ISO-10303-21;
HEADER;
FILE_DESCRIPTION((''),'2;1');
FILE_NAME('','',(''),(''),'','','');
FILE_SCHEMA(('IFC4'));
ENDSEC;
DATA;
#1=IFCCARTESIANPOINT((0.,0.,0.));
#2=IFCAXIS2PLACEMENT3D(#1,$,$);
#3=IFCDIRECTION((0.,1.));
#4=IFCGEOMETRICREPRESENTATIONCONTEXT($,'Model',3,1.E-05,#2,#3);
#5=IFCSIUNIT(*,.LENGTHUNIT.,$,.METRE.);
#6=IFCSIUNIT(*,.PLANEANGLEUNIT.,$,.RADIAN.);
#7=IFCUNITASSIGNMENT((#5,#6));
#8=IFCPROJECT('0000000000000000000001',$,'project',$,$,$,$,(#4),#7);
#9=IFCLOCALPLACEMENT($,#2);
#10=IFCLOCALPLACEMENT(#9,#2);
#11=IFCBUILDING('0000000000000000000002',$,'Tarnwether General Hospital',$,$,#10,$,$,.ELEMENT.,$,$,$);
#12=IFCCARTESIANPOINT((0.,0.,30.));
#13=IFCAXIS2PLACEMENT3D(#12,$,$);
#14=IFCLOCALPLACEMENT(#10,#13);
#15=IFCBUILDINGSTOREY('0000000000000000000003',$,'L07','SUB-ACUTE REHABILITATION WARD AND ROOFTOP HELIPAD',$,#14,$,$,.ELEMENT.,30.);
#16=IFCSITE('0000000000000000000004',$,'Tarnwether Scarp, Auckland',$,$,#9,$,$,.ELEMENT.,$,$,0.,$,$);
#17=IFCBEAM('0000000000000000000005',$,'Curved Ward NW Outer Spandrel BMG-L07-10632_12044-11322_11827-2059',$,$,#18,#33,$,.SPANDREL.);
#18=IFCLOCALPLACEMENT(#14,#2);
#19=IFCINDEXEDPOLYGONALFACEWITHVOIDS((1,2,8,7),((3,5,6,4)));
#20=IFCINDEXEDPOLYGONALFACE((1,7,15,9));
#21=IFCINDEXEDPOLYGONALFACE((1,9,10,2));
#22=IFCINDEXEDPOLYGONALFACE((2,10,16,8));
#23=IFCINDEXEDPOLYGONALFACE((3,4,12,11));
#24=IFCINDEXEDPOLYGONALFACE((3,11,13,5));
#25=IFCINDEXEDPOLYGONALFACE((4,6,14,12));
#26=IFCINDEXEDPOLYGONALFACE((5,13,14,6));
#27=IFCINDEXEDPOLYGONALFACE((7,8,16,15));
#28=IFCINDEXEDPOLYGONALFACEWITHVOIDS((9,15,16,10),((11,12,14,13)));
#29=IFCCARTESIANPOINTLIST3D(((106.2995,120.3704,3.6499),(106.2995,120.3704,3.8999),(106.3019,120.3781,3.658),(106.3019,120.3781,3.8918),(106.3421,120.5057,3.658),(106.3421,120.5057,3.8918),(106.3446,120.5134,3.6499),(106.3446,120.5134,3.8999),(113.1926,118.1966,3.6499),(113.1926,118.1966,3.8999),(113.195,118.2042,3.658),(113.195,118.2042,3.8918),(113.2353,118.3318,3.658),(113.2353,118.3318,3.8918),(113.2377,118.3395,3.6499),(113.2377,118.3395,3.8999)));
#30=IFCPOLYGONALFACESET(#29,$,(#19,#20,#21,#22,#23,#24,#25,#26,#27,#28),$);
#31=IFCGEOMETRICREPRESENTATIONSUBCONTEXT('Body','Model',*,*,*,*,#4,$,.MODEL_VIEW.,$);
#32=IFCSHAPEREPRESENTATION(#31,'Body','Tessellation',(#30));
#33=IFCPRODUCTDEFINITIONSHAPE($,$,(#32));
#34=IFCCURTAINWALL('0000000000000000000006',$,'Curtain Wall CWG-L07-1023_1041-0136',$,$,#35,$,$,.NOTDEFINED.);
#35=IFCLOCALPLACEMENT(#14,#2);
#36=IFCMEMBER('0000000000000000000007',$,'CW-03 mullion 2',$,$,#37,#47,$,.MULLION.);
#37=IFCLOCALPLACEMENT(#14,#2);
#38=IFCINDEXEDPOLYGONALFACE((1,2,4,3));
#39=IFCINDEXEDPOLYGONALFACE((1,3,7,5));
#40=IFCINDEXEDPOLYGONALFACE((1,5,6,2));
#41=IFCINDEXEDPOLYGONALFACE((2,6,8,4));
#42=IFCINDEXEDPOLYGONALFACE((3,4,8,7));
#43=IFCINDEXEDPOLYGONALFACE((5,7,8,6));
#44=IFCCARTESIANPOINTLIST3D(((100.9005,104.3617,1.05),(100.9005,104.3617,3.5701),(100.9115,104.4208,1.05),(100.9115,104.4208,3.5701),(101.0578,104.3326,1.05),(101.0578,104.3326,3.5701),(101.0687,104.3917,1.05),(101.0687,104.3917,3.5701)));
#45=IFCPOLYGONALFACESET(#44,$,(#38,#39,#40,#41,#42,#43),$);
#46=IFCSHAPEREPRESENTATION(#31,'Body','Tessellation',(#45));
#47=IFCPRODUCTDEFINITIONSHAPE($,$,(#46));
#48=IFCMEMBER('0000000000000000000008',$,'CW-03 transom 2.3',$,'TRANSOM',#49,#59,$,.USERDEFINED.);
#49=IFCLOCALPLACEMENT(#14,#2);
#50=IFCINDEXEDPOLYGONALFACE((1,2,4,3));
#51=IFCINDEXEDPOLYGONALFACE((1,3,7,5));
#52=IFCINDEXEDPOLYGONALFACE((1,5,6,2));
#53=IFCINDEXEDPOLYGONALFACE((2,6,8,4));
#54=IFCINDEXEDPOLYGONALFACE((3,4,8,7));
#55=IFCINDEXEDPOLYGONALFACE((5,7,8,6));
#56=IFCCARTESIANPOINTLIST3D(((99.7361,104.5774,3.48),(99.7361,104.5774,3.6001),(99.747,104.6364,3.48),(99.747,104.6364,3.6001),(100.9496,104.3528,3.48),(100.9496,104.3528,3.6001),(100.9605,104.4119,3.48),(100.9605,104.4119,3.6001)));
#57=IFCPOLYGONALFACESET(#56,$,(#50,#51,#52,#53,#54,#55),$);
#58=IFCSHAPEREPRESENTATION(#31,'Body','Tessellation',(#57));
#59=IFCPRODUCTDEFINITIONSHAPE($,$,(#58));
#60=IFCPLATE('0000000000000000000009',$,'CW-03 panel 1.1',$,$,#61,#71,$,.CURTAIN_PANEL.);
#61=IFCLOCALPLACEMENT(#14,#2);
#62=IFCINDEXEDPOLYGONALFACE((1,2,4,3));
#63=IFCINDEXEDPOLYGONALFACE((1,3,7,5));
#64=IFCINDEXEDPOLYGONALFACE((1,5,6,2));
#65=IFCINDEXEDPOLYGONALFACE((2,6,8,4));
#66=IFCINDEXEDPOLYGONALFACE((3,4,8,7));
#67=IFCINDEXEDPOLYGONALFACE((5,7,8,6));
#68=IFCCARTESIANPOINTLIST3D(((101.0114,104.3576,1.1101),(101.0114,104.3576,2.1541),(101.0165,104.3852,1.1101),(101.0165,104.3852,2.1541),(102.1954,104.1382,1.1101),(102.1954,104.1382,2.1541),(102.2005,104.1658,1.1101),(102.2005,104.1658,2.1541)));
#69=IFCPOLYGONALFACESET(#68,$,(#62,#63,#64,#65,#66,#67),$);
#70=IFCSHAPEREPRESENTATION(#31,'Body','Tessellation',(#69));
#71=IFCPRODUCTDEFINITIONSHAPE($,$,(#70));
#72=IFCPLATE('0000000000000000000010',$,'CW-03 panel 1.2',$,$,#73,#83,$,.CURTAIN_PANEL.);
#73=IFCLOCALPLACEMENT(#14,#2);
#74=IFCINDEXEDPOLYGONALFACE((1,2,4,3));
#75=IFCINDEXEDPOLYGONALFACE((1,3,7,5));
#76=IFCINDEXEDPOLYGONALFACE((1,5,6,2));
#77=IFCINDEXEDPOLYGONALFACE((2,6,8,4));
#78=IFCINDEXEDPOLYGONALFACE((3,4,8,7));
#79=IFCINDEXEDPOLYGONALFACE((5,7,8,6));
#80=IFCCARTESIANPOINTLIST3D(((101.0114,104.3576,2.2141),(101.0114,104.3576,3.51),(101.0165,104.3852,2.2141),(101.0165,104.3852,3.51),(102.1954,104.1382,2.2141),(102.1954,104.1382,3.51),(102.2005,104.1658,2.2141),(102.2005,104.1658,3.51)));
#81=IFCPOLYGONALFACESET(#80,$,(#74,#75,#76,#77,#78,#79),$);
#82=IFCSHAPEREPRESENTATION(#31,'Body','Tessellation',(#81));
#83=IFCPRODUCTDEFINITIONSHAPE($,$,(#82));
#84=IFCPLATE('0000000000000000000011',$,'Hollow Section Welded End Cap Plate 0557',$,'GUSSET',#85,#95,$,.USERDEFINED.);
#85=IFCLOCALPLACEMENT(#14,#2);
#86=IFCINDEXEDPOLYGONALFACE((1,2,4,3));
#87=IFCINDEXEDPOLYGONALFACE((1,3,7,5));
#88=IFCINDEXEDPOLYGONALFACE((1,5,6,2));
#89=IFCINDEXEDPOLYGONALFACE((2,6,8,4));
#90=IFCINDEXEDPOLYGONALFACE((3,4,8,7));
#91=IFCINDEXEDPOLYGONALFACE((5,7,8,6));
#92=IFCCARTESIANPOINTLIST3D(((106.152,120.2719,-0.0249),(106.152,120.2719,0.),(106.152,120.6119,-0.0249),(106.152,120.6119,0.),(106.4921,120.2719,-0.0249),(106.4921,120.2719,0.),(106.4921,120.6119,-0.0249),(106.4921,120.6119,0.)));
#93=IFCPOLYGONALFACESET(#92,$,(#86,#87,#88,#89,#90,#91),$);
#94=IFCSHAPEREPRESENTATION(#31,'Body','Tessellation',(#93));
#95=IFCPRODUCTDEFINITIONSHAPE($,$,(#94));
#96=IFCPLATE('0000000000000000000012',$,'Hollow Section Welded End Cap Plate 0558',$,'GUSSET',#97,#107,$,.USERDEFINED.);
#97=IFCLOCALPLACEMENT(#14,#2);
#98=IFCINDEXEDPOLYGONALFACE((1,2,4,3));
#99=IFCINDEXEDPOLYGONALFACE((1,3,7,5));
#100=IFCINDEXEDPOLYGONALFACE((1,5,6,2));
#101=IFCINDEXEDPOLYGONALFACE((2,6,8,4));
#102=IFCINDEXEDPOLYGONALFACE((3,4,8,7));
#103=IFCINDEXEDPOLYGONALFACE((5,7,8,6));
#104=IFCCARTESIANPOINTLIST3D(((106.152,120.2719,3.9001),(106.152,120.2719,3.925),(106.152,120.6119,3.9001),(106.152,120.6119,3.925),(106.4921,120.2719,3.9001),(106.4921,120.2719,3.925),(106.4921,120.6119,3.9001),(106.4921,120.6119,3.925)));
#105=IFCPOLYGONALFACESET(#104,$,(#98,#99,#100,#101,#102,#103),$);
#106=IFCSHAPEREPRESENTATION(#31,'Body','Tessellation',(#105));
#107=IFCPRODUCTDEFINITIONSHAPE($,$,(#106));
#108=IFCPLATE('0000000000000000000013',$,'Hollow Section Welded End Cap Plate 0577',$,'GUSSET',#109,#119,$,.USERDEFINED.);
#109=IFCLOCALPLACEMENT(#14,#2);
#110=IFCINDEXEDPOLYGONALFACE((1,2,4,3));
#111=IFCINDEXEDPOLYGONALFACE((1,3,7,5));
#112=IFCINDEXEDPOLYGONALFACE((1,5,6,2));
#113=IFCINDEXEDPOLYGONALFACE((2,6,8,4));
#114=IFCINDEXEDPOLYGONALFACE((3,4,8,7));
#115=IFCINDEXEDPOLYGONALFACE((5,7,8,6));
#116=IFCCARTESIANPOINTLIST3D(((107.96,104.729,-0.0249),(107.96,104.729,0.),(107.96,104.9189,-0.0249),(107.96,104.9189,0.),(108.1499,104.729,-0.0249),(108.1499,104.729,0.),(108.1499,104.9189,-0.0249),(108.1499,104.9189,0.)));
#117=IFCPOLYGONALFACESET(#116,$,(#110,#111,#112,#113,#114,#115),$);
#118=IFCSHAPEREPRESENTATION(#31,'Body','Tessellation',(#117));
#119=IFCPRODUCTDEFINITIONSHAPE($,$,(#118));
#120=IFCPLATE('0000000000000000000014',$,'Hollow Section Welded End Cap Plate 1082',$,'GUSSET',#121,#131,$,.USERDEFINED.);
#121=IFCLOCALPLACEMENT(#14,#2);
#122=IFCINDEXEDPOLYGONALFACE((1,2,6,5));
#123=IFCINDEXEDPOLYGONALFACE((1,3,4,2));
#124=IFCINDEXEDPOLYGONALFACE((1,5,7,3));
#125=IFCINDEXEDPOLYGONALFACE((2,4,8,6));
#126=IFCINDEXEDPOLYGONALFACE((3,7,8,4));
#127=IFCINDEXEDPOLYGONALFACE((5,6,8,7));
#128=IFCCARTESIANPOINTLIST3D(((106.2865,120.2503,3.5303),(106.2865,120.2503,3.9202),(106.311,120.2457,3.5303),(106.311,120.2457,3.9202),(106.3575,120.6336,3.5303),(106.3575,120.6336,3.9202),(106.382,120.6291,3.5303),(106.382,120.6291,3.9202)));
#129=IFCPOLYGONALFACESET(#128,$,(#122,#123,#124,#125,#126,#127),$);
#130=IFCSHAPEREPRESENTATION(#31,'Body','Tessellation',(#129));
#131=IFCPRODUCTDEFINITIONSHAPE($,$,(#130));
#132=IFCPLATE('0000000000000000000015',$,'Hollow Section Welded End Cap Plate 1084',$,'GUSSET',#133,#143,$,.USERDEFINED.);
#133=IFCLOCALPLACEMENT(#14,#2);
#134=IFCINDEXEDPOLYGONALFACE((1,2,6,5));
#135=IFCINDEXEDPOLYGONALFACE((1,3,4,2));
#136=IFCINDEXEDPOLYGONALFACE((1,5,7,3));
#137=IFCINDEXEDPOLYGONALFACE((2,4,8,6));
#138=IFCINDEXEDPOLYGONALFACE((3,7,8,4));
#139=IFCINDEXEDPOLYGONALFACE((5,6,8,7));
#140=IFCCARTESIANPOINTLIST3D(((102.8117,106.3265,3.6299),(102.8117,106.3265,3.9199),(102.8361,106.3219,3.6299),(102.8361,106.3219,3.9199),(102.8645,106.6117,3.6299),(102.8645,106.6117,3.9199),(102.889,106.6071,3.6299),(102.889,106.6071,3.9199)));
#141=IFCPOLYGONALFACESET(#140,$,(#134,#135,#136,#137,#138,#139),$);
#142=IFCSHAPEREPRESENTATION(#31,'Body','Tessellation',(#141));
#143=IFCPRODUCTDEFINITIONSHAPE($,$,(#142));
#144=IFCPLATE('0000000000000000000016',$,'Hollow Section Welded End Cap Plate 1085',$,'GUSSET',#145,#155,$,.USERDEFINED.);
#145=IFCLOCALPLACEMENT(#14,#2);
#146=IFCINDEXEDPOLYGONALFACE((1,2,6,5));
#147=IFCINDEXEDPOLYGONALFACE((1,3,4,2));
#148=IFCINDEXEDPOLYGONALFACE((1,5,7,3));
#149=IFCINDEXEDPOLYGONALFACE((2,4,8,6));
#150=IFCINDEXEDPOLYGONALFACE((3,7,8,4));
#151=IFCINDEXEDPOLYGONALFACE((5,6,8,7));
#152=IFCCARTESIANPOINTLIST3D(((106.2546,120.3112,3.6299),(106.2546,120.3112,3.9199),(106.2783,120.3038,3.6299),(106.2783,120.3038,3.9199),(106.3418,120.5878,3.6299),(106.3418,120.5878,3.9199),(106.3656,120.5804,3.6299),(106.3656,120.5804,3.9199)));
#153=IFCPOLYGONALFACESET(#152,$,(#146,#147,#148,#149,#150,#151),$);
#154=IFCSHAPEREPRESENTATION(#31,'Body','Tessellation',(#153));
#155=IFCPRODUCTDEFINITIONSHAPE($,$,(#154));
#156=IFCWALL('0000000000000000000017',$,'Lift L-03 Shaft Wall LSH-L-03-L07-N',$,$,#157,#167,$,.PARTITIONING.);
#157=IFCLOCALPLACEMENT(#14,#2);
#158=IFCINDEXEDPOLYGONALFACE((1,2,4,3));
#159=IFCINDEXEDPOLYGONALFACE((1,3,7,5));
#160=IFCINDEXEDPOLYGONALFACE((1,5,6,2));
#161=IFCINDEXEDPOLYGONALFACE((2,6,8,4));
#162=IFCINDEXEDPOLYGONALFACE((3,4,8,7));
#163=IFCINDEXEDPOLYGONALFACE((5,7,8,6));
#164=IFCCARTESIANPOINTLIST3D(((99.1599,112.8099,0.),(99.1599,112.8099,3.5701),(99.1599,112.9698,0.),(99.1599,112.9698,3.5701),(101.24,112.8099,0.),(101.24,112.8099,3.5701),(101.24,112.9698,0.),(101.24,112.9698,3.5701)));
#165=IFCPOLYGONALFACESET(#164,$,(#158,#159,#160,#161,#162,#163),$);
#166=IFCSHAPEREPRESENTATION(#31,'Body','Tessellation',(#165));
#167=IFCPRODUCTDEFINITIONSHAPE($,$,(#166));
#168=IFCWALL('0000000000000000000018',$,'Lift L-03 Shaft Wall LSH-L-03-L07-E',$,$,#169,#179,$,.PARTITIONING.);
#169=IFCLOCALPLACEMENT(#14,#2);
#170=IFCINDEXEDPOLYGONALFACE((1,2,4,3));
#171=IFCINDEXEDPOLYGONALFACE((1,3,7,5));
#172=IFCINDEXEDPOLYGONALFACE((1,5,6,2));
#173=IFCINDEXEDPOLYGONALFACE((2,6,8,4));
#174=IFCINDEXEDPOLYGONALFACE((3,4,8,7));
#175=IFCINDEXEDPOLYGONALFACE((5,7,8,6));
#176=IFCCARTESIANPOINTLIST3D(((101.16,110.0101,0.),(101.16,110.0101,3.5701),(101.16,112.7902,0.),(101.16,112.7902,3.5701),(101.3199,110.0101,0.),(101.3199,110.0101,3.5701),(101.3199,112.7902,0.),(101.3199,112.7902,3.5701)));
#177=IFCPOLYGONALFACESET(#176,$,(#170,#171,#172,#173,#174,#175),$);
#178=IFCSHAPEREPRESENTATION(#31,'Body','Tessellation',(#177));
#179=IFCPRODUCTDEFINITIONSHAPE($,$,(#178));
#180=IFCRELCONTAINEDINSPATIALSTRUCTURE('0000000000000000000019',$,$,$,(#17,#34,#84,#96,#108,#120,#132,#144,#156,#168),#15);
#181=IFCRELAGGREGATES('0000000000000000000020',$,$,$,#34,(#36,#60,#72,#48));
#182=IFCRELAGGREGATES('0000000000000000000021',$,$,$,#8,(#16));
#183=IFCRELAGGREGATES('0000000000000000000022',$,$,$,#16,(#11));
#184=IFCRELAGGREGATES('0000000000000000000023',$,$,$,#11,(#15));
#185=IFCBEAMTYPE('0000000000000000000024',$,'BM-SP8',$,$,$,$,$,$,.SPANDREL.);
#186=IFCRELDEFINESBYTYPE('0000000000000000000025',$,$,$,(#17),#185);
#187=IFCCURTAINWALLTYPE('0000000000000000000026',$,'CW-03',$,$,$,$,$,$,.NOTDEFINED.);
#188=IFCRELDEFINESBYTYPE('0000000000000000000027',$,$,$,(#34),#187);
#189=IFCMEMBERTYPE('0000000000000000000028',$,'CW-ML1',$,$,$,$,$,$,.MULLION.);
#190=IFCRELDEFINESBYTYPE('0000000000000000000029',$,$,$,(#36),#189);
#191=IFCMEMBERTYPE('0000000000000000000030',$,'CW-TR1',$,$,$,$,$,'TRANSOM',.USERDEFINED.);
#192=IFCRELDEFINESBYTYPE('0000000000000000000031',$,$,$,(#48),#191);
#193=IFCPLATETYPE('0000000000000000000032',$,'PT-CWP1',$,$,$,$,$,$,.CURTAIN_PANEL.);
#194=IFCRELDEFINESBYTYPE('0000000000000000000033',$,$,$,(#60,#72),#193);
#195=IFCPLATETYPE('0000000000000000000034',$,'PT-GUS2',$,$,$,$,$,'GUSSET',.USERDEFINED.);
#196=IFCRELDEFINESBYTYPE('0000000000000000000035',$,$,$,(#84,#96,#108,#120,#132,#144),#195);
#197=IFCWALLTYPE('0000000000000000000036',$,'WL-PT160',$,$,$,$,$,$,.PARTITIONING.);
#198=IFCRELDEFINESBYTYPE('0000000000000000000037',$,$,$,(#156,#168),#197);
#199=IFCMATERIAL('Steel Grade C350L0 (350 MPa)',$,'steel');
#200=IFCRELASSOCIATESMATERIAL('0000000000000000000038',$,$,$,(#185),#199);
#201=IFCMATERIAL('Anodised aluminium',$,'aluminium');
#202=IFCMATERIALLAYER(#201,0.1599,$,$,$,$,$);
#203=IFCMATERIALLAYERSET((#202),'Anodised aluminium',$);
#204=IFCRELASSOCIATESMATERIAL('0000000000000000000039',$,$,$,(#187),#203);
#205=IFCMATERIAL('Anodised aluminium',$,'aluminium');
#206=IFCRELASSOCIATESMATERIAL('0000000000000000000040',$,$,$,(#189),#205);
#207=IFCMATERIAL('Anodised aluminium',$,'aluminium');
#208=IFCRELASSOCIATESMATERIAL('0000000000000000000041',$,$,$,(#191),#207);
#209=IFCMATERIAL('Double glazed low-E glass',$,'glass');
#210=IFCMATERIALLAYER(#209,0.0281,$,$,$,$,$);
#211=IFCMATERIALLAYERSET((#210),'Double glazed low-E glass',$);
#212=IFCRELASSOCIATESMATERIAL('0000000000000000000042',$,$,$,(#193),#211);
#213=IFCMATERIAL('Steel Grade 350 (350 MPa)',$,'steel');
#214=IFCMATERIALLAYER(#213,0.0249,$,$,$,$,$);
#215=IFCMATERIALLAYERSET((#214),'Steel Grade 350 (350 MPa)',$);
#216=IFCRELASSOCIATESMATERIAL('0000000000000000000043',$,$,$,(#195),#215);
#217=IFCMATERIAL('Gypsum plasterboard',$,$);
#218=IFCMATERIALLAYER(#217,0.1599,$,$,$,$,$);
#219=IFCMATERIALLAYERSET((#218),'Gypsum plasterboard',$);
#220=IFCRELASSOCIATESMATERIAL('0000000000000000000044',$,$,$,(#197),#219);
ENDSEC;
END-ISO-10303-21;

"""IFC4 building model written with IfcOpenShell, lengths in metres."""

from ifc_helpers import new_model, si_unit, direction, frame, frame_2d, origin, origin_2d, place, context, subcontext, project, spatial, rectangle, hollow_rectangle, extrude, material, layer, layer_set, material_profile, profile_set, type_object, element, aggregate, save


model = new_model("IFC4")

# Units and contexts
model_context = context("Model", 3, precision=1e-05, world=origin(), true_north=direction((0.0, 1.0)))
body_context = subcontext(model_context, "Body", "Model", "MODEL_VIEW")
ifc_project = project(units=[si_unit("LENGTHUNIT", "METRE"), si_unit("PLANEANGLEUNIT", "RADIAN")], contexts=[model_context])

# Site, building, storey
site_placement = place(None, origin())
site = spatial("IfcSite", under=ifc_project, at=site_placement, Name="Tarnwether Scarp, Auckland", CompositionType="ELEMENT", RefElevation=0.0)
building_placement = place(site_placement, origin())
building = spatial("IfcBuilding", under=site, at=building_placement, Name="Tarnwether General Hospital", CompositionType="ELEMENT")
storey_placement = place(building_placement, frame((0.0, 0.0, 30.0)))
storey = spatial("IfcBuildingStorey", under=building, at=storey_placement, Name="L07", Description="SUB-ACUTE REHABILITATION WARD AND ROOFTOP HELIPAD", CompositionType="ELEMENT", Elevation=30.0)

# Beam
ifc_material_1 = material(Name="Steel Grade C350L0 (350 MPa)", Category="steel")
ifc_material_profile_1 = material_profile(ifc_material_1, hollow_rectangle(XDim=0.1499, YDim=0.25, WallThickness=0.0081, at=origin_2d()), Name="RHS250x150x8")
ifc_profile_set_1 = profile_set([ifc_material_profile_1], Name="Steel Grade C350L0 (350 MPa)")
beam_type_1 = type_object("IfcBeamType", Name="BM-SP8", PredefinedType="SPANDREL", material=ifc_profile_set_1)
beam_1_placement = place(storey_placement, frame((106.322, 120.4419, 3.7749), z_axis=(0.953699, -0.300763, 0.0), x_axis=(0.300763, 0.953699, 0.0)))
element("IfcBeam", 1, at=beam_1_placement, inside=storey, type_object=beam_type_1, Name="Curved Ward NW Outer Spandrel BMG-L07-10632_12044-11322_11827-2059", PredefinedType="SPANDREL", context=body_context, shape_type="SweptSolid", body=[
    extrude(hollow_rectangle(XDim=0.1499, YDim=0.25, WallThickness=0.0081, at=origin_2d()), origin(), (0.0, 0.0, 1.0), 7.2278),
])

# Curtain wall, members, plates
ifc_material_2 = material(Name="Anodised aluminium", Category="aluminium")
ifc_layer_1 = layer(ifc_material_2, 0.1599)
ifc_layer_set_1 = layer_set([ifc_layer_1], Name="Anodised aluminium")
curtain_wall_type = type_object("IfcCurtainWallType", Name="CW-03", PredefinedType="NOTDEFINED", material=ifc_layer_set_1)
curtain_wall_placement = place(storey_placement, origin())
curtain_wall = element("IfcCurtainWall", 2, at=curtain_wall_placement, inside=storey, type_object=curtain_wall_type, Name="Curtain Wall CWG-L07-1023_1041-0136", PredefinedType="NOTDEFINED")
ifc_material_3 = material(Name="Anodised aluminium", Category="aluminium")
ifc_material_profile_2 = material_profile(ifc_material_3, rectangle(XDim=0.0601, YDim=0.1599, at=origin_2d()), Name="ALU-MUL-60x160")
ifc_profile_set_2 = profile_set([ifc_material_profile_2], Name="Anodised aluminium")
member_type_1 = type_object("IfcMemberType", Name="CW-ML1", PredefinedType="MULLION", material=ifc_profile_set_2)
member_1_placement = place(storey_placement, frame((100.9846, 104.3767, 1.05), z_axis=(0.0, 0.0, 1.0), x_axis=(-0.182165, -0.983268, 0.0)))
member_1 = element("IfcMember", 3, at=member_1_placement, type_object=member_type_1, Name="CW-03 mullion 2", PredefinedType="MULLION", context=body_context, shape_type="SweptSolid", body=[
    extrude(rectangle(XDim=0.0601, YDim=0.1599, at=origin_2d()), origin(), (0.0, 0.0, 1.0), 2.52),
])
ifc_material_4 = material(Name="Anodised aluminium", Category="aluminium")
ifc_material_profile_3 = material_profile(ifc_material_4, rectangle(XDim=0.0601, YDim=0.1201, at=origin_2d()), Name="ALU-TRN-60x120")
ifc_profile_set_3 = profile_set([ifc_material_profile_3], Name="Anodised aluminium")
member_type_2 = type_object("IfcMemberType", Name="CW-TR1", ElementType="TRANSOM", PredefinedType="USERDEFINED", material=ifc_profile_set_3)
member_2_placement = place(storey_placement, frame((100.9551, 104.3823, 3.54), z_axis=(-0.983302, 0.181983, 0.0), x_axis=(-0.181983, -0.983302, 0.0)))
member_2 = element("IfcMember", 4, at=member_2_placement, type_object=member_type_2, Name="CW-03 transom 2.3", ObjectType="TRANSOM", PredefinedType="USERDEFINED", context=body_context, shape_type="SweptSolid", body=[
    extrude(rectangle(XDim=0.0601, YDim=0.1201, at=origin_2d()), origin(), (0.0, 0.0, 1.0), 1.2341),
])
ifc_material_5 = material(Name="Double glazed low-E glass", Category="glass")
ifc_layer_2 = layer(ifc_material_5, 0.0281)
ifc_layer_set_2 = layer_set([ifc_layer_2], Name="Double glazed low-E glass")
plate_type_1 = type_object("IfcPlateType", Name="PT-CWP1", PredefinedType="CURTAIN_PANEL", material=ifc_layer_set_2)
plate_1_placement = place(storey_placement, frame((101.606, 104.2617, 1.1101), z_axis=(0.0, 0.0, 1.0), x_axis=(-0.983268, 0.182165, 0.0)))
plate_1 = element("IfcPlate", 5, at=plate_1_placement, type_object=plate_type_1, Name="CW-03 panel 1.1", PredefinedType="CURTAIN_PANEL", context=body_context, shape_type="SweptSolid", body=[
    extrude(rectangle(XDim=1.2041, YDim=0.0281, at=origin_2d()), origin(), (0.0, 0.0, 1.0), 1.0439),
])
plate_2_placement = place(storey_placement, frame((101.606, 104.2617, 2.2141), z_axis=(0.0, 0.0, 1.0), x_axis=(-0.983268, 0.182165, 0.0)))
plate_2 = element("IfcPlate", 6, at=plate_2_placement, type_object=plate_type_1, Name="CW-03 panel 1.2", PredefinedType="CURTAIN_PANEL", context=body_context, shape_type="SweptSolid", body=[
    extrude(rectangle(XDim=1.2041, YDim=0.0281, at=origin_2d()), origin(), (0.0, 0.0, 1.0), 1.2959),
])
aggregate(curtain_wall, [member_1, plate_1, plate_2, member_2])

# Plates
ifc_material_6 = material(Name="Steel Grade 350 (350 MPa)", Category="steel")
ifc_layer_3 = layer(ifc_material_6, 0.0249)
ifc_layer_set_3 = layer_set([ifc_layer_3], Name="Steel Grade 350 (350 MPa)")
plate_type_2 = type_object("IfcPlateType", Name="PT-GUS2", ElementType="GUSSET", PredefinedType="USERDEFINED", material=ifc_layer_set_3)
for number, where, z_axis, x_axis, name in (
    (7, (106.322, 120.4419, -0.0249), (0.0, 0.0, 1.0), (1.0, 0.0, 0.0), "Hollow Section Welded End Cap Plate 0557"),
    (8, (106.322, 120.4419, 3.9001), (0.0, 0.0, 1.0), (1.0, 0.0, 0.0), "Hollow Section Welded End Cap Plate 0558"),
):
    element("IfcPlate", number, at=place(storey_placement, frame(where, z_axis=z_axis, x_axis=x_axis)), inside=storey, type_object=plate_type_2, Name=name, ObjectType="GUSSET", PredefinedType="USERDEFINED", context=body_context, shape_type="SweptSolid", body=[
        extrude(rectangle(XDim=0.3401, YDim=0.3401, at=origin_2d()), origin(), (0.0, 0.0, 1.0), 0.0249),
    ])
plate_3_placement = place(storey_placement, frame((108.0549, 104.824, -0.0249), z_axis=(0.0, 0.0, 1.0), x_axis=(1.0, 0.0, 0.0)))
element("IfcPlate", 9, at=plate_3_placement, inside=storey, type_object=plate_type_2, Name="Hollow Section Welded End Cap Plate 0577", ObjectType="GUSSET", PredefinedType="USERDEFINED", context=body_context, shape_type="SweptSolid", body=[
    extrude(rectangle(XDim=0.1899, YDim=0.1899, at=origin_2d()), origin(), (0.0, 0.0, 1.0), 0.0249),
])
plate_4_placement = place(storey_placement, frame((106.3342, 120.4397, 3.5303), z_axis=(0.0, 0.0, 1.0), x_axis=(0.983261, -0.182201, 0.0)))
element("IfcPlate", 10, at=plate_4_placement, inside=storey, type_object=plate_type_2, Name="Hollow Section Welded End Cap Plate 1082", ObjectType="GUSSET", PredefinedType="USERDEFINED", context=body_context, shape_type="SweptSolid", body=[
    extrude(rectangle(XDim=0.0249, YDim=0.3899, at=origin_2d()), origin(), (0.0, 0.0, 1.0), 0.3899),
])
for number, where, z_axis, x_axis, name in (
    (11, (102.8503, 106.4668, 3.6299), (0.0, 0.0, 1.0), (0.983245, -0.182287, 0.0), "Hollow Section Welded End Cap Plate 1084"),
    (12, (106.3101, 120.4458, 3.6299), (0.0, 0.0, 1.0), (0.953691, -0.300789, 0.0), "Hollow Section Welded End Cap Plate 1085"),
):
    element("IfcPlate", number, at=place(storey_placement, frame(where, z_axis=z_axis, x_axis=x_axis)), inside=storey, type_object=plate_type_2, Name=name, ObjectType="GUSSET", PredefinedType="USERDEFINED", context=body_context, shape_type="SweptSolid", body=[
        extrude(rectangle(XDim=0.0249, YDim=0.29, at=origin_2d()), origin(), (0.0, 0.0, 1.0), 0.29),
    ])

# Walls
ifc_material_7 = material(Name="Gypsum plasterboard")
ifc_layer_4 = layer(ifc_material_7, 0.1599)
ifc_layer_set_4 = layer_set([ifc_layer_4], Name="Gypsum plasterboard")
wall_type_1 = type_object("IfcWallType", Name="WL-PT160", PredefinedType="PARTITIONING", material=ifc_layer_set_4)
wall_1_placement = place(storey_placement, frame((101.24, 112.8899, 0.0), z_axis=(0.0, 0.0, 1.0), x_axis=(-1.0, 0.0, 0.0)))
element("IfcWall", 13, at=wall_1_placement, inside=storey, type_object=wall_type_1, Name="Lift L-03 Shaft Wall LSH-L-03-L07-N", PredefinedType="PARTITIONING", context=body_context, shape_type="SweptSolid", body=[
    extrude(rectangle(XDim=2.0801, YDim=0.1599, at=frame_2d((1.04, 0.0))), origin(), (0.0, 0.0, 1.0), 3.5701),
])
wall_2_placement = place(storey_placement, frame((101.24, 110.01, 0.0), z_axis=(0.0, 0.0, 1.0), x_axis=(0.0, 1.0, 0.0)))
element("IfcWall", 14, at=wall_2_placement, inside=storey, type_object=wall_type_1, Name="Lift L-03 Shaft Wall LSH-L-03-L07-E", PredefinedType="PARTITIONING", context=body_context, shape_type="SweptSolid", body=[
    extrude(rectangle(XDim=2.78, YDim=0.1599, at=frame_2d((1.3901, 0.0))), origin(), (0.0, 0.0, 1.0), 3.5701),
])

save(model, "model.ifc")
